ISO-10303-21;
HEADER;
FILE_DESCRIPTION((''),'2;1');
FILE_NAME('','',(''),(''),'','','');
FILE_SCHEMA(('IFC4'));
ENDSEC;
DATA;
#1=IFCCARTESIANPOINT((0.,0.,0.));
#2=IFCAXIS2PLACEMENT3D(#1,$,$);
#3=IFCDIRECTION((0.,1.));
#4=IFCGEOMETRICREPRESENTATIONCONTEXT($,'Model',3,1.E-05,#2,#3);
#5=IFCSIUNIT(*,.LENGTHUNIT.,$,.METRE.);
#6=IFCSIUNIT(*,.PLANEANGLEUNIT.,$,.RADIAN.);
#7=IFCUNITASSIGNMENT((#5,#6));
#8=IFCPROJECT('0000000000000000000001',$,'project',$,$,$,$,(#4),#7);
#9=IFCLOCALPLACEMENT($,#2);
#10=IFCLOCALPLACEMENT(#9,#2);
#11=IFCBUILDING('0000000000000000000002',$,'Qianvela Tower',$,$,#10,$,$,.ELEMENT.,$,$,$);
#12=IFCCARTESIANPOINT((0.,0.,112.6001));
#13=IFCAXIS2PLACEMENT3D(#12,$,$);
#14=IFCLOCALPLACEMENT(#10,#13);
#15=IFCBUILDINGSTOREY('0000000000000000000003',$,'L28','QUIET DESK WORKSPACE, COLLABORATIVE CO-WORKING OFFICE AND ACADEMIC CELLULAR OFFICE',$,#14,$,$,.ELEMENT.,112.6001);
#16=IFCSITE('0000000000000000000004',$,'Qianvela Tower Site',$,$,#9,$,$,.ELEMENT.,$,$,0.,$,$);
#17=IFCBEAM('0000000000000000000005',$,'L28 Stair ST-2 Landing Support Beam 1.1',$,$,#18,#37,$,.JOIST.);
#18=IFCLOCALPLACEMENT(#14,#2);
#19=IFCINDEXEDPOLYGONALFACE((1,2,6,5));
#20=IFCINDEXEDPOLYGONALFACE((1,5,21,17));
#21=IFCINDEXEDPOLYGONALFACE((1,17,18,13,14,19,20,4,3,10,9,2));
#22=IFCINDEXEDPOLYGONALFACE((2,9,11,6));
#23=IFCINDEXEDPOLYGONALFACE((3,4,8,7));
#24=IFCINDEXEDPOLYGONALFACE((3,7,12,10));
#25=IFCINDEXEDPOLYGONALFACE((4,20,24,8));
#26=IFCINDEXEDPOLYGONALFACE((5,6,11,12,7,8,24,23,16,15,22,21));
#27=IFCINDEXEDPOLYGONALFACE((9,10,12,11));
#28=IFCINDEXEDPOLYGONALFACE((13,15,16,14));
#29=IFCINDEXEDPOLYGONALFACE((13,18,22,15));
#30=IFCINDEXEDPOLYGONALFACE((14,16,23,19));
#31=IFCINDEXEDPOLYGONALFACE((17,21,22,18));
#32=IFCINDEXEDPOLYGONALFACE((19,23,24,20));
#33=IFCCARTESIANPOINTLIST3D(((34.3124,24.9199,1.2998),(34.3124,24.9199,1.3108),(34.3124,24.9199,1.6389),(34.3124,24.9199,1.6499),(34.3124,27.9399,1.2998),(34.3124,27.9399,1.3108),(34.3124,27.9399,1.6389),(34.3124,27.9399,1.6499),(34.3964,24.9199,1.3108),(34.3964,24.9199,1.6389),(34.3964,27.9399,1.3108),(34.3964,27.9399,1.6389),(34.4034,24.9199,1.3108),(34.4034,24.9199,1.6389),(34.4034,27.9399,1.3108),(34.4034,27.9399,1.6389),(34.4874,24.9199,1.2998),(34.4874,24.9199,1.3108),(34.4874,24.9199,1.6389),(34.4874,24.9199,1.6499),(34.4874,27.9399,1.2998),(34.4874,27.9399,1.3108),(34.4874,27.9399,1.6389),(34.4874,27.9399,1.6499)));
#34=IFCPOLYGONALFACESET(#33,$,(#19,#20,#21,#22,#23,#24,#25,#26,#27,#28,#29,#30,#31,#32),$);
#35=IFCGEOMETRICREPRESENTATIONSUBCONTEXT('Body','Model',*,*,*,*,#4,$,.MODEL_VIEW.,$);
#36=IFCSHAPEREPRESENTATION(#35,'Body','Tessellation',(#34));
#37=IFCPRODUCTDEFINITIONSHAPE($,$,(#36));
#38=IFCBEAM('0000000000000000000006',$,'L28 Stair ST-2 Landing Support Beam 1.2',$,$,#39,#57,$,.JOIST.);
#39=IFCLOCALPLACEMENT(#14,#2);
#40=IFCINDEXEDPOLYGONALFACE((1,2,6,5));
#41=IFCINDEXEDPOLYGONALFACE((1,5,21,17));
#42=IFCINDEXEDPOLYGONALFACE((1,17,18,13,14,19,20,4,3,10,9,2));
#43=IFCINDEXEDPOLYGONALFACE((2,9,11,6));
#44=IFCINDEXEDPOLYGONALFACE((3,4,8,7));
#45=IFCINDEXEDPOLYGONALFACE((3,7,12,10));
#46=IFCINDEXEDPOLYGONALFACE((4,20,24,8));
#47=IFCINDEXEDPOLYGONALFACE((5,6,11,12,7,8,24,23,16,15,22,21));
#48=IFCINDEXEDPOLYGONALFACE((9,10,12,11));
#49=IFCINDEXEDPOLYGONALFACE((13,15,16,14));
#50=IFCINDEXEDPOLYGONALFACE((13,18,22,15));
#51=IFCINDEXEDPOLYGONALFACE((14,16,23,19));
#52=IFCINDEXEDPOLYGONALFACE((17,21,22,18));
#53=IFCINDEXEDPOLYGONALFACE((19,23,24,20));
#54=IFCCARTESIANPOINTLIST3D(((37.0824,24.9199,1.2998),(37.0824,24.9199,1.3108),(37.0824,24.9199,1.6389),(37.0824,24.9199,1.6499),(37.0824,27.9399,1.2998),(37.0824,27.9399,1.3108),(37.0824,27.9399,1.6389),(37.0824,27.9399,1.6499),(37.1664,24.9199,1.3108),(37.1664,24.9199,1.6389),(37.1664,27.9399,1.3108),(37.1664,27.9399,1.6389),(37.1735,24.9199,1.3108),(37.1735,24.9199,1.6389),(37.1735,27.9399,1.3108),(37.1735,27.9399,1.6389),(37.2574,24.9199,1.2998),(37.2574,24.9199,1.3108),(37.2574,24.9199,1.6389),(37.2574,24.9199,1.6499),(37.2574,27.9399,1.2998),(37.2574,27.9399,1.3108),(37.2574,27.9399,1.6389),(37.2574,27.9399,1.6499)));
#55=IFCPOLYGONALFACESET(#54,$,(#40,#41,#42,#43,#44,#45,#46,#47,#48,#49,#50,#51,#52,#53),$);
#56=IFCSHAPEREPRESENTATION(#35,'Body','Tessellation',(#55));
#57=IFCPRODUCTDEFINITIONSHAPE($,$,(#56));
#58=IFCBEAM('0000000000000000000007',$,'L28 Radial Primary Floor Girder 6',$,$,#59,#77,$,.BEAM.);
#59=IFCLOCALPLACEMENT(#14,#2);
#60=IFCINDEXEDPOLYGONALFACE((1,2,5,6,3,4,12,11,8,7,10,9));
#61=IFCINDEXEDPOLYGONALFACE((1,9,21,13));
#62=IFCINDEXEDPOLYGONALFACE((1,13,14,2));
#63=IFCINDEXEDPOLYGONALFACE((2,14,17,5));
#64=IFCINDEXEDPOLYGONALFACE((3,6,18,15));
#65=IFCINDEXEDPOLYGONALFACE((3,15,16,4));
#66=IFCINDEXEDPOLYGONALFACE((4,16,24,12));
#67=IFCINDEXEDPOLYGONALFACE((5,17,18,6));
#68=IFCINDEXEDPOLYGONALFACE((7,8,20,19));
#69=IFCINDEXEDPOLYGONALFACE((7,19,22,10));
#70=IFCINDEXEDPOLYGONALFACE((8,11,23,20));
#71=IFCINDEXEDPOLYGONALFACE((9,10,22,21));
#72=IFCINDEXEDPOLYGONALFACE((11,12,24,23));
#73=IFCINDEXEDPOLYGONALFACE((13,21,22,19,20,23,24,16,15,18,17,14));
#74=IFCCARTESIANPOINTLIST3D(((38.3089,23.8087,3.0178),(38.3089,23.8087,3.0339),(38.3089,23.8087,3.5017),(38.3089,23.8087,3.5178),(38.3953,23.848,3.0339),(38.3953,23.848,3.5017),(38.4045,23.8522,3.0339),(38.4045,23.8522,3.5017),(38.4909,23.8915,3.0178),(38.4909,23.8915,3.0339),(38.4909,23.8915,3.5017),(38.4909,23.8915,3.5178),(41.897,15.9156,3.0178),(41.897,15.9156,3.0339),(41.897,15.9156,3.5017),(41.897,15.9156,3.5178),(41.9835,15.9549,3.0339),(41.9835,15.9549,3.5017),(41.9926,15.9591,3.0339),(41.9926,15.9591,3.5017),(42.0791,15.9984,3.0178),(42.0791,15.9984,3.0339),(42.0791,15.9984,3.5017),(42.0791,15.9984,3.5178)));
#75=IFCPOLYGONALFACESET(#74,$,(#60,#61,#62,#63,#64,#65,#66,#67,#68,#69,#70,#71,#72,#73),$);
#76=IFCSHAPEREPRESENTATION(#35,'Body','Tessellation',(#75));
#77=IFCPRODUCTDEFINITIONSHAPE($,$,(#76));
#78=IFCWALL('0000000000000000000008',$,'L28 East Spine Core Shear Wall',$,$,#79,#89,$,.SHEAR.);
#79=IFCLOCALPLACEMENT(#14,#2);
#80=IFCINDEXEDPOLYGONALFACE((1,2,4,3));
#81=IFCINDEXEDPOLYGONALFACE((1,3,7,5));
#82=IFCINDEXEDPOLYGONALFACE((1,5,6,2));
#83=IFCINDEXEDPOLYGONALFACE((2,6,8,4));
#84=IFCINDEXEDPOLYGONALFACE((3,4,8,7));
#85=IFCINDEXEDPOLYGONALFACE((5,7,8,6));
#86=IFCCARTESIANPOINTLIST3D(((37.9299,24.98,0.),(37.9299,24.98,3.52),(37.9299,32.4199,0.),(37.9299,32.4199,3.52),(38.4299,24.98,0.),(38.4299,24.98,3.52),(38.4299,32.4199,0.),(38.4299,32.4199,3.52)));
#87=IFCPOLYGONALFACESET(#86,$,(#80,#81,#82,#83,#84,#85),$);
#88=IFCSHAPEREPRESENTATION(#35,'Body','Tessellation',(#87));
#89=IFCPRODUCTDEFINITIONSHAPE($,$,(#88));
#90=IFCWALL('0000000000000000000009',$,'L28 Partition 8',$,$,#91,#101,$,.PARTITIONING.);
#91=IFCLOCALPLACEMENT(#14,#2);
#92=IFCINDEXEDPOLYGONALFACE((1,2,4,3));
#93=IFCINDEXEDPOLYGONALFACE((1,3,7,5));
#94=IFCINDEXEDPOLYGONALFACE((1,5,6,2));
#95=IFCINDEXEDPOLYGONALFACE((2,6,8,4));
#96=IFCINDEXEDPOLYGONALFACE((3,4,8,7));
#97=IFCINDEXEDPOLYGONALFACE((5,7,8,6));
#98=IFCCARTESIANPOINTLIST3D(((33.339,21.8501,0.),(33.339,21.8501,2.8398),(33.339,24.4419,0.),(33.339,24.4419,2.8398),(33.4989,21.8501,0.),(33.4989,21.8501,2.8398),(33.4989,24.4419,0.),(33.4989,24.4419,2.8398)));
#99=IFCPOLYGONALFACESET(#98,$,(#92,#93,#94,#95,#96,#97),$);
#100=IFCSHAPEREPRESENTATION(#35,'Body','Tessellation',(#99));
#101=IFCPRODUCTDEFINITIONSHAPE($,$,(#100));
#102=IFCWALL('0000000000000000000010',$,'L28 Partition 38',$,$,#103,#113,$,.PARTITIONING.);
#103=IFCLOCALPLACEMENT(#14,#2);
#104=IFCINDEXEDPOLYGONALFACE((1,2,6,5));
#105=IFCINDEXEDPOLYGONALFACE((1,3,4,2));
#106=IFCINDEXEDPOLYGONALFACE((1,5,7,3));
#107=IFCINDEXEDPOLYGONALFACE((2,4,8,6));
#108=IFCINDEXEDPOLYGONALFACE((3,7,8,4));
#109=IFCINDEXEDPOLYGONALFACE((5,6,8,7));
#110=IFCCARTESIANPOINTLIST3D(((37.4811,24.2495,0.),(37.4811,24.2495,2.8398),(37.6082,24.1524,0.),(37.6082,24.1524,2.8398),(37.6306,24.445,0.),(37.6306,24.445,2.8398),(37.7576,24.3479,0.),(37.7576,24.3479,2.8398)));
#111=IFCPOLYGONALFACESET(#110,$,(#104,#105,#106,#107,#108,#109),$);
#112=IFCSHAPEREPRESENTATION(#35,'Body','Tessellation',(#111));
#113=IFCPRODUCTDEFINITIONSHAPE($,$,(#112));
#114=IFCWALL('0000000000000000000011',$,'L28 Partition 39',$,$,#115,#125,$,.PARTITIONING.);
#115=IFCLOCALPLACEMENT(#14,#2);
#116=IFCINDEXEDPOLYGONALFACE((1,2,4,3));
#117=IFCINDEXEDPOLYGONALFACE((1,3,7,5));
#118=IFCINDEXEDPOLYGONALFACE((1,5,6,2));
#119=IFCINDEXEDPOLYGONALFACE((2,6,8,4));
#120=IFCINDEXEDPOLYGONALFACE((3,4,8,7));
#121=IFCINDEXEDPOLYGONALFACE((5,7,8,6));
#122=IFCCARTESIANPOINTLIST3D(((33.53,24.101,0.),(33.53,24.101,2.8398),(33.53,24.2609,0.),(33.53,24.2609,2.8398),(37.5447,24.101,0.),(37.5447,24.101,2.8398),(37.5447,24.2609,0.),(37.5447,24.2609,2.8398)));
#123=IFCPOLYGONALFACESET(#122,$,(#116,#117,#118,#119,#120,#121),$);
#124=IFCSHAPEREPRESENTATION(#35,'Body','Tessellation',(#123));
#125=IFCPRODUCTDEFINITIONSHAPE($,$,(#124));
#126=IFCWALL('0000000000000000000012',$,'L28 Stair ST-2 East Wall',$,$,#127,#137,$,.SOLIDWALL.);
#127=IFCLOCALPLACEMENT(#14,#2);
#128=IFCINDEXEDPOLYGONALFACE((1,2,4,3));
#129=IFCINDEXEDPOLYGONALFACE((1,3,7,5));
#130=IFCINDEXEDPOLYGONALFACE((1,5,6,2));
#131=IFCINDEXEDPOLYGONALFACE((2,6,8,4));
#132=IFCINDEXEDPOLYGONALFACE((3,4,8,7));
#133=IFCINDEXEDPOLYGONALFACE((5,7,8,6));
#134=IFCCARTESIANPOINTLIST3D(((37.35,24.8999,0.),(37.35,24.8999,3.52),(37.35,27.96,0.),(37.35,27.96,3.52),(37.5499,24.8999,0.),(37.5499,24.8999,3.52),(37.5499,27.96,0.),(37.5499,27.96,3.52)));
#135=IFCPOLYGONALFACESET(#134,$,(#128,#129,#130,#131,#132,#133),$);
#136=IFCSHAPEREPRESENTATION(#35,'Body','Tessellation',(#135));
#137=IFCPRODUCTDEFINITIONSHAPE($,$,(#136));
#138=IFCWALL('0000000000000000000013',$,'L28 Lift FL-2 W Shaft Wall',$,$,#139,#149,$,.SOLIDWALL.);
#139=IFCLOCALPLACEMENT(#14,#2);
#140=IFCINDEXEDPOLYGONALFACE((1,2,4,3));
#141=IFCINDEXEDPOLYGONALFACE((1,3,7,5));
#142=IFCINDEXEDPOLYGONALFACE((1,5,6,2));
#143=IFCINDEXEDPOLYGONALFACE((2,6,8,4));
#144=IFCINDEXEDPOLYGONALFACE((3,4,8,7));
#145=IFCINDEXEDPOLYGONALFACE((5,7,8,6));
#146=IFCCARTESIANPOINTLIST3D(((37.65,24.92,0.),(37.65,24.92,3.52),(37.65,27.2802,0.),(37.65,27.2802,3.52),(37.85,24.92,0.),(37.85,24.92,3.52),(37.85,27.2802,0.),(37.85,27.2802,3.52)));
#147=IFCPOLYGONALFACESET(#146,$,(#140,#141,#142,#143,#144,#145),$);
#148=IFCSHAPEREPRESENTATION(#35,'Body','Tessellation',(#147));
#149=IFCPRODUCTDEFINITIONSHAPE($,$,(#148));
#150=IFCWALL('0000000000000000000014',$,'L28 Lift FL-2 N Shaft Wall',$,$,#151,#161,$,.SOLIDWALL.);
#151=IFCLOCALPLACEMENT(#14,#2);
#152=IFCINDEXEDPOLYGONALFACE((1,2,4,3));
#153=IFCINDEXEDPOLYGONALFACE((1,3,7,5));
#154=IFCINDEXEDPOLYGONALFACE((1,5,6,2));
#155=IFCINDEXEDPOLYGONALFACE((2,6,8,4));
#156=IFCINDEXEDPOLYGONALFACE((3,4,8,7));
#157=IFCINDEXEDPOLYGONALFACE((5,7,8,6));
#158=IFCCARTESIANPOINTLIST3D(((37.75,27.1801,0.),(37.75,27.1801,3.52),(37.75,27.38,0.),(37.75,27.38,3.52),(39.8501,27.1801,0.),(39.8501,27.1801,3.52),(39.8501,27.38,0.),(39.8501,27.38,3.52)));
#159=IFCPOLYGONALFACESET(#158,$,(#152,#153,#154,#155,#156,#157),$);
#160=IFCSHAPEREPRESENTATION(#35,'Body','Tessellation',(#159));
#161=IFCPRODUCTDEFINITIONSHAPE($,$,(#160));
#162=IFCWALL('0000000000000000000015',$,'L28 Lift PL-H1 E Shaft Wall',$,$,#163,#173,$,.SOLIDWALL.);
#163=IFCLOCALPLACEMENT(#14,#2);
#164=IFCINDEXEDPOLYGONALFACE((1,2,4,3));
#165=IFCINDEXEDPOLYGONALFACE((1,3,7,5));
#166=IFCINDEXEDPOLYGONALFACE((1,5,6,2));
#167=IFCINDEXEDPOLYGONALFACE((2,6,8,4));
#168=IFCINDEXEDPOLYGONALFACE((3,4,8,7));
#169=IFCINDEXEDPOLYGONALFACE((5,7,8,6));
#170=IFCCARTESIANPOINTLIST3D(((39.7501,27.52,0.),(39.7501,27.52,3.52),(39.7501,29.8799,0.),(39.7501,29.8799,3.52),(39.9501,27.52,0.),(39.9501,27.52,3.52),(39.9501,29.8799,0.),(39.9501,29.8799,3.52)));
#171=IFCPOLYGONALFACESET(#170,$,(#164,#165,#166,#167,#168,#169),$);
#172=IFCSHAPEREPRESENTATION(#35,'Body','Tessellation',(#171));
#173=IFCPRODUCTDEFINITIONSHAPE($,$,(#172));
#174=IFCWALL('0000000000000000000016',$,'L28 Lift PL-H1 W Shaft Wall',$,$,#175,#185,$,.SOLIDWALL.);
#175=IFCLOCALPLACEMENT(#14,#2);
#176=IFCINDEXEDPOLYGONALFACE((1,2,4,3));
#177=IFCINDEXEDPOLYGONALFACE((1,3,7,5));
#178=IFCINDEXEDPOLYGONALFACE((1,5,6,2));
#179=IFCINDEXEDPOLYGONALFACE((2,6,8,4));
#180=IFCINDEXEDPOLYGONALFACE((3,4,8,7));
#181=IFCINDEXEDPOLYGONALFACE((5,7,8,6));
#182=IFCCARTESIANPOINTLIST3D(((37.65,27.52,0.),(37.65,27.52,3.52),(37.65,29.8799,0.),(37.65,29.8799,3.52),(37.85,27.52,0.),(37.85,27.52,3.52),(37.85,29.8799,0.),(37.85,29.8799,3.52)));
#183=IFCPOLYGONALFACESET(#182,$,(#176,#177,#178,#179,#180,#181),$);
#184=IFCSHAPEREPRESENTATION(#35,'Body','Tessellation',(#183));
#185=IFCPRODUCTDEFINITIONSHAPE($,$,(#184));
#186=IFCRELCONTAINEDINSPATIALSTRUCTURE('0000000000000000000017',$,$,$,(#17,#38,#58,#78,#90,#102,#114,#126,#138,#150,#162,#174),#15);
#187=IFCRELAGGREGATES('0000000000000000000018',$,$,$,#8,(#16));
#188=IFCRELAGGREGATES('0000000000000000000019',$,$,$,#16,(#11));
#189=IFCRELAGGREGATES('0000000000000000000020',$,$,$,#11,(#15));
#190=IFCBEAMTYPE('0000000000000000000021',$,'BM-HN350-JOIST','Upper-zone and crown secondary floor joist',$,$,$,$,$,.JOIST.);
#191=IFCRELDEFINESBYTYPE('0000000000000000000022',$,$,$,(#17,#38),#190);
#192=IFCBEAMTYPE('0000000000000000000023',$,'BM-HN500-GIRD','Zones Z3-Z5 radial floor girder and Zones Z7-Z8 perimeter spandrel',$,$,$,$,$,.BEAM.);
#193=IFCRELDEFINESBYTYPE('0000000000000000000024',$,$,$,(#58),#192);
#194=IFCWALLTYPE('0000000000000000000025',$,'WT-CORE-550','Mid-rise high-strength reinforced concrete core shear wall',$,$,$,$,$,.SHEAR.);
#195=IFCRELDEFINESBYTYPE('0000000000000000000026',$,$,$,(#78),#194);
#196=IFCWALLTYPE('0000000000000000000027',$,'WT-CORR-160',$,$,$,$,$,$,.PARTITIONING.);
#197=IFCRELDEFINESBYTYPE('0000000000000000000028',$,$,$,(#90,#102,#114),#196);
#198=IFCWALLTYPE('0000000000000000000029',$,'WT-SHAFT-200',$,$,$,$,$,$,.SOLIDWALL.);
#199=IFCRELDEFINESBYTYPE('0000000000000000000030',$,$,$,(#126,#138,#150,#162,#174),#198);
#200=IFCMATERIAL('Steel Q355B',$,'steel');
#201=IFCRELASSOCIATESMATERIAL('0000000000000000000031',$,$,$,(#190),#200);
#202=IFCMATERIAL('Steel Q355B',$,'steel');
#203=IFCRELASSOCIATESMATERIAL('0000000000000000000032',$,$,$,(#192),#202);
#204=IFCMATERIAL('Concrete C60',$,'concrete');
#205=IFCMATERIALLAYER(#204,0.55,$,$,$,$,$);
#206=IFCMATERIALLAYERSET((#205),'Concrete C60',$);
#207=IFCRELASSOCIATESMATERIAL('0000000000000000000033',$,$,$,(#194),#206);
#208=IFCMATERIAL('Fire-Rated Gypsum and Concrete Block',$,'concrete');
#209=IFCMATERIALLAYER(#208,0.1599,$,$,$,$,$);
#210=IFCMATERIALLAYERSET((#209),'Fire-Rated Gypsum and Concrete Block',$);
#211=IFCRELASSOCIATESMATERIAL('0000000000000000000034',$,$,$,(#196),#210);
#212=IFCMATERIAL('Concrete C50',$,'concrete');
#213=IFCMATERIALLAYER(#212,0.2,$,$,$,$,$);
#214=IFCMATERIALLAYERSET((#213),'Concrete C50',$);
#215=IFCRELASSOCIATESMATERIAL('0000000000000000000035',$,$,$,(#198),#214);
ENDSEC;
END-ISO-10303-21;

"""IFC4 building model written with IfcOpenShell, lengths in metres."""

from ifc_helpers import new_model, si_unit, direction, frame, frame_2d, origin, origin_2d, place, context, subcontext, project, spatial, rectangle, i_section, extrude, material, layer, layer_set, material_profile, profile_set, type_object, element, save


model = new_model("IFC4")

# Units and contexts
model_context = context("Model", 3, precision=1e-05, world=origin(), true_north=direction((0.0, 1.0)))
body_context = subcontext(model_context, "Body", "Model", "MODEL_VIEW")
ifc_project = project(units=[si_unit("LENGTHUNIT", "METRE"), si_unit("PLANEANGLEUNIT", "RADIAN")], contexts=[model_context])

# Site, building, storey
site_placement = place(None, origin())
site = spatial("IfcSite", under=ifc_project, at=site_placement, Name="Qianvela Tower Site", CompositionType="ELEMENT", RefElevation=0.0)
building_placement = place(site_placement, origin())
building = spatial("IfcBuilding", under=site, at=building_placement, Name="Qianvela Tower", CompositionType="ELEMENT")
storey_placement = place(building_placement, frame((0.0, 0.0, 112.6001)))
storey = spatial("IfcBuildingStorey", under=building, at=storey_placement, Name="L28", Description="QUIET DESK WORKSPACE, COLLABORATIVE CO-WORKING OFFICE AND ACADEMIC CELLULAR OFFICE", CompositionType="ELEMENT", Elevation=112.6001)

# Beams
ifc_material_1 = material(Name="Steel Q355B", Category="steel")
ifc_material_profile_1 = material_profile(ifc_material_1, i_section(OverallWidth=0.175, OverallDepth=0.3501, WebThickness=0.0071, FlangeThickness=0.011, at=origin_2d()), Name="HN350x175x7x11")
ifc_profile_set_1 = profile_set([ifc_material_profile_1], Name="Steel Q355B")
beam_type_1 = type_object("IfcBeamType", Name="BM-HN350-JOIST", Description="Upper-zone and crown secondary floor joist", PredefinedType="JOIST", material=ifc_profile_set_1)
for number, where, z_axis, x_axis, name in (
    (1, (34.3999, 24.9199, 1.4749), (0.0, 1.0, 0.0), (-1.0, 0.0, 0.0), "L28 Stair ST-2 Landing Support Beam 1.1"),
    (2, (37.1699, 24.9199, 1.4749), (0.0, 1.0, 0.0), (-1.0, 0.0, 0.0), "L28 Stair ST-2 Landing Support Beam 1.2"),
):
    element("IfcBeam", number, at=place(storey_placement, frame(where, z_axis=z_axis, x_axis=x_axis)), inside=storey, type_object=beam_type_1, Name=name, PredefinedType="JOIST", context=body_context, shape_type="SweptSolid", body=[
        extrude(i_section(OverallWidth=0.175, OverallDepth=0.3501, WebThickness=0.0071, FlangeThickness=0.011, at=origin_2d()), origin(), (0.0, 0.0, 1.0), 3.02),
    ])
ifc_material_2 = material(Name="Steel Q355B", Category="steel")
ifc_material_profile_2 = material_profile(ifc_material_2, i_section(OverallWidth=0.2, OverallDepth=0.5, WebThickness=0.01, FlangeThickness=0.0161, at=origin_2d()), Name="HN500x200x10x16")
ifc_profile_set_2 = profile_set([ifc_material_profile_2], Name="Steel Q355B")
beam_type_2 = type_object("IfcBeamType", Name="BM-HN500-GIRD", Description="Zones Z3-Z5 radial floor girder and Zones Z7-Z8 perimeter spandrel", PredefinedType="BEAM", material=ifc_profile_set_2)
beam_placement = place(storey_placement, frame((38.3999, 23.8501, 3.2678), z_axis=(0.413839, -0.91035, 0.0), x_axis=(0.91035, 0.413839, 0.0)))
element("IfcBeam", 3, at=beam_placement, inside=storey, type_object=beam_type_2, Name="L28 Radial Primary Floor Girder 6", PredefinedType="BEAM", context=body_context, shape_type="SweptSolid", body=[
    extrude(i_section(OverallWidth=0.2, OverallDepth=0.5, WebThickness=0.01, FlangeThickness=0.0161, at=origin_2d()), origin(), (0.0, 0.0, 1.0), 8.6704),
])

# Walls
ifc_material_3 = material(Name="Concrete C60", Category="concrete")
ifc_layer_1 = layer(ifc_material_3, 0.55)
ifc_layer_set_1 = layer_set([ifc_layer_1], Name="Concrete C60")
wall_type_1 = type_object("IfcWallType", Name="WT-CORE-550", Description="Mid-rise high-strength reinforced concrete core shear wall", PredefinedType="SHEAR", material=ifc_layer_set_1)
wall_1_placement = place(storey_placement, frame((38.1799, 24.98, 0.0), z_axis=(0.0, 0.0, 1.0), x_axis=(0.0, 1.0, 0.0)))
element("IfcWall", 4, at=wall_1_placement, inside=storey, type_object=wall_type_1, Name="L28 East Spine Core Shear Wall", PredefinedType="SHEAR", context=body_context, shape_type="SweptSolid", body=[
    extrude(rectangle(XDim=7.4399, YDim=0.5, at=frame_2d((3.72, 0.0))), origin(), (0.0, 0.0, 1.0), 3.52),
])
ifc_material_4 = material(Name="Fire-Rated Gypsum and Concrete Block", Category="concrete")
ifc_layer_2 = layer(ifc_material_4, 0.1599)
ifc_layer_set_2 = layer_set([ifc_layer_2], Name="Fire-Rated Gypsum and Concrete Block")
wall_type_2 = type_object("IfcWallType", Name="WT-CORR-160", PredefinedType="PARTITIONING", material=ifc_layer_set_2)
wall_2_placement = place(storey_placement, frame((33.4189, 24.4419, 0.0), z_axis=(0.0, 0.0, 1.0), x_axis=(0.0, -1.0, 0.0)))
element("IfcWall", 5, at=wall_2_placement, inside=storey, type_object=wall_type_2, Name="L28 Partition 8", PredefinedType="PARTITIONING", context=body_context, shape_type="SweptSolid", body=[
    extrude(rectangle(XDim=2.5918, YDim=0.1599, at=frame_2d((1.2959, 0.0))), origin(), (0.0, 0.0, 1.0), 2.8398),
])
wall_3_placement = place(storey_placement, frame((37.6941, 24.3965, 0.0), z_axis=(0.0, 0.0, 1.0), x_axis=(-0.607119, -0.794611, 0.0)))
element("IfcWall", 6, at=wall_3_placement, inside=storey, type_object=wall_type_2, Name="L28 Partition 38", PredefinedType="PARTITIONING", context=body_context, shape_type="SweptSolid", body=[
    extrude(rectangle(XDim=0.2461, YDim=0.1599, at=frame_2d((0.123, 0.0))), origin(), (0.0, 0.0, 1.0), 2.8398),
])
wall_4_placement = place(storey_placement, frame((37.5447, 24.1809, 0.0), z_axis=(0.0, 0.0, 1.0), x_axis=(-1.0, 0.0, 0.0)))
element("IfcWall", 7, at=wall_4_placement, inside=storey, type_object=wall_type_2, Name="L28 Partition 39", PredefinedType="PARTITIONING", context=body_context, shape_type="SweptSolid", body=[
    extrude(rectangle(XDim=4.0146, YDim=0.1599, at=frame_2d((2.0073, 0.0))), origin(), (0.0, 0.0, 1.0), 2.8398),
])
ifc_material_5 = material(Name="Concrete C50", Category="concrete")
ifc_layer_3 = layer(ifc_material_5, 0.2)
ifc_layer_set_3 = layer_set([ifc_layer_3], Name="Concrete C50")
wall_type_3 = type_object("IfcWallType", Name="WT-SHAFT-200", PredefinedType="SOLIDWALL", material=ifc_layer_set_3)
wall_5_placement = place(storey_placement, frame((37.45, 24.8999, 0.0), z_axis=(0.0, 0.0, 1.0), x_axis=(0.0, 1.0, 0.0)))
element("IfcWall", 8, at=wall_5_placement, inside=storey, type_object=wall_type_3, Name="L28 Stair ST-2 East Wall", PredefinedType="SOLIDWALL", context=body_context, shape_type="SweptSolid", body=[
    extrude(rectangle(XDim=3.0601, YDim=0.2, at=frame_2d((1.53, 0.0))), origin(), (0.0, 0.0, 1.0), 3.52),
])

# Walls
wall_6_placement = place(storey_placement, frame((37.75, 24.9199, 0.0), z_axis=(0.0, 0.0, 1.0), x_axis=(0.0, 1.0, 0.0)))
element("IfcWall", 9, at=wall_6_placement, inside=storey, type_object=wall_type_3, Name="L28 Lift FL-2 W Shaft Wall", PredefinedType="SOLIDWALL", context=body_context, shape_type="SweptSolid", body=[
    extrude(rectangle(XDim=2.3601, YDim=0.2, at=frame_2d((1.1802, 0.0))), origin(), (0.0, 0.0, 1.0), 3.52),
])
wall_7_placement = place(storey_placement, frame((37.75, 27.28, 0.0), z_axis=(0.0, 0.0, 1.0), x_axis=(1.0, 0.0, 0.0)))
element("IfcWall", 10, at=wall_7_placement, inside=storey, type_object=wall_type_3, Name="L28 Lift FL-2 N Shaft Wall", PredefinedType="SOLIDWALL", context=body_context, shape_type="SweptSolid", body=[
    extrude(rectangle(XDim=2.1001, YDim=0.2, at=frame_2d((1.05, 0.0))), origin(), (0.0, 0.0, 1.0), 3.52),
])
for number, where, z_axis, x_axis, name in (
    (11, (39.8501, 27.52, 0.0), (0.0, 0.0, 1.0), (0.0, 1.0, 0.0), "L28 Lift PL-H1 E Shaft Wall"),
    (12, (37.75, 27.52, 0.0), (0.0, 0.0, 1.0), (0.0, 1.0, 0.0), "L28 Lift PL-H1 W Shaft Wall"),
):
    element("IfcWall", number, at=place(storey_placement, frame(where, z_axis=z_axis, x_axis=x_axis)), inside=storey, type_object=wall_type_3, Name=name, PredefinedType="SOLIDWALL", context=body_context, shape_type="SweptSolid", body=[
        extrude(rectangle(XDim=2.3599, YDim=0.2, at=frame_2d((1.1799, 0.0))), origin(), (0.0, 0.0, 1.0), 3.52),
    ])

save(model, "model.ifc")
